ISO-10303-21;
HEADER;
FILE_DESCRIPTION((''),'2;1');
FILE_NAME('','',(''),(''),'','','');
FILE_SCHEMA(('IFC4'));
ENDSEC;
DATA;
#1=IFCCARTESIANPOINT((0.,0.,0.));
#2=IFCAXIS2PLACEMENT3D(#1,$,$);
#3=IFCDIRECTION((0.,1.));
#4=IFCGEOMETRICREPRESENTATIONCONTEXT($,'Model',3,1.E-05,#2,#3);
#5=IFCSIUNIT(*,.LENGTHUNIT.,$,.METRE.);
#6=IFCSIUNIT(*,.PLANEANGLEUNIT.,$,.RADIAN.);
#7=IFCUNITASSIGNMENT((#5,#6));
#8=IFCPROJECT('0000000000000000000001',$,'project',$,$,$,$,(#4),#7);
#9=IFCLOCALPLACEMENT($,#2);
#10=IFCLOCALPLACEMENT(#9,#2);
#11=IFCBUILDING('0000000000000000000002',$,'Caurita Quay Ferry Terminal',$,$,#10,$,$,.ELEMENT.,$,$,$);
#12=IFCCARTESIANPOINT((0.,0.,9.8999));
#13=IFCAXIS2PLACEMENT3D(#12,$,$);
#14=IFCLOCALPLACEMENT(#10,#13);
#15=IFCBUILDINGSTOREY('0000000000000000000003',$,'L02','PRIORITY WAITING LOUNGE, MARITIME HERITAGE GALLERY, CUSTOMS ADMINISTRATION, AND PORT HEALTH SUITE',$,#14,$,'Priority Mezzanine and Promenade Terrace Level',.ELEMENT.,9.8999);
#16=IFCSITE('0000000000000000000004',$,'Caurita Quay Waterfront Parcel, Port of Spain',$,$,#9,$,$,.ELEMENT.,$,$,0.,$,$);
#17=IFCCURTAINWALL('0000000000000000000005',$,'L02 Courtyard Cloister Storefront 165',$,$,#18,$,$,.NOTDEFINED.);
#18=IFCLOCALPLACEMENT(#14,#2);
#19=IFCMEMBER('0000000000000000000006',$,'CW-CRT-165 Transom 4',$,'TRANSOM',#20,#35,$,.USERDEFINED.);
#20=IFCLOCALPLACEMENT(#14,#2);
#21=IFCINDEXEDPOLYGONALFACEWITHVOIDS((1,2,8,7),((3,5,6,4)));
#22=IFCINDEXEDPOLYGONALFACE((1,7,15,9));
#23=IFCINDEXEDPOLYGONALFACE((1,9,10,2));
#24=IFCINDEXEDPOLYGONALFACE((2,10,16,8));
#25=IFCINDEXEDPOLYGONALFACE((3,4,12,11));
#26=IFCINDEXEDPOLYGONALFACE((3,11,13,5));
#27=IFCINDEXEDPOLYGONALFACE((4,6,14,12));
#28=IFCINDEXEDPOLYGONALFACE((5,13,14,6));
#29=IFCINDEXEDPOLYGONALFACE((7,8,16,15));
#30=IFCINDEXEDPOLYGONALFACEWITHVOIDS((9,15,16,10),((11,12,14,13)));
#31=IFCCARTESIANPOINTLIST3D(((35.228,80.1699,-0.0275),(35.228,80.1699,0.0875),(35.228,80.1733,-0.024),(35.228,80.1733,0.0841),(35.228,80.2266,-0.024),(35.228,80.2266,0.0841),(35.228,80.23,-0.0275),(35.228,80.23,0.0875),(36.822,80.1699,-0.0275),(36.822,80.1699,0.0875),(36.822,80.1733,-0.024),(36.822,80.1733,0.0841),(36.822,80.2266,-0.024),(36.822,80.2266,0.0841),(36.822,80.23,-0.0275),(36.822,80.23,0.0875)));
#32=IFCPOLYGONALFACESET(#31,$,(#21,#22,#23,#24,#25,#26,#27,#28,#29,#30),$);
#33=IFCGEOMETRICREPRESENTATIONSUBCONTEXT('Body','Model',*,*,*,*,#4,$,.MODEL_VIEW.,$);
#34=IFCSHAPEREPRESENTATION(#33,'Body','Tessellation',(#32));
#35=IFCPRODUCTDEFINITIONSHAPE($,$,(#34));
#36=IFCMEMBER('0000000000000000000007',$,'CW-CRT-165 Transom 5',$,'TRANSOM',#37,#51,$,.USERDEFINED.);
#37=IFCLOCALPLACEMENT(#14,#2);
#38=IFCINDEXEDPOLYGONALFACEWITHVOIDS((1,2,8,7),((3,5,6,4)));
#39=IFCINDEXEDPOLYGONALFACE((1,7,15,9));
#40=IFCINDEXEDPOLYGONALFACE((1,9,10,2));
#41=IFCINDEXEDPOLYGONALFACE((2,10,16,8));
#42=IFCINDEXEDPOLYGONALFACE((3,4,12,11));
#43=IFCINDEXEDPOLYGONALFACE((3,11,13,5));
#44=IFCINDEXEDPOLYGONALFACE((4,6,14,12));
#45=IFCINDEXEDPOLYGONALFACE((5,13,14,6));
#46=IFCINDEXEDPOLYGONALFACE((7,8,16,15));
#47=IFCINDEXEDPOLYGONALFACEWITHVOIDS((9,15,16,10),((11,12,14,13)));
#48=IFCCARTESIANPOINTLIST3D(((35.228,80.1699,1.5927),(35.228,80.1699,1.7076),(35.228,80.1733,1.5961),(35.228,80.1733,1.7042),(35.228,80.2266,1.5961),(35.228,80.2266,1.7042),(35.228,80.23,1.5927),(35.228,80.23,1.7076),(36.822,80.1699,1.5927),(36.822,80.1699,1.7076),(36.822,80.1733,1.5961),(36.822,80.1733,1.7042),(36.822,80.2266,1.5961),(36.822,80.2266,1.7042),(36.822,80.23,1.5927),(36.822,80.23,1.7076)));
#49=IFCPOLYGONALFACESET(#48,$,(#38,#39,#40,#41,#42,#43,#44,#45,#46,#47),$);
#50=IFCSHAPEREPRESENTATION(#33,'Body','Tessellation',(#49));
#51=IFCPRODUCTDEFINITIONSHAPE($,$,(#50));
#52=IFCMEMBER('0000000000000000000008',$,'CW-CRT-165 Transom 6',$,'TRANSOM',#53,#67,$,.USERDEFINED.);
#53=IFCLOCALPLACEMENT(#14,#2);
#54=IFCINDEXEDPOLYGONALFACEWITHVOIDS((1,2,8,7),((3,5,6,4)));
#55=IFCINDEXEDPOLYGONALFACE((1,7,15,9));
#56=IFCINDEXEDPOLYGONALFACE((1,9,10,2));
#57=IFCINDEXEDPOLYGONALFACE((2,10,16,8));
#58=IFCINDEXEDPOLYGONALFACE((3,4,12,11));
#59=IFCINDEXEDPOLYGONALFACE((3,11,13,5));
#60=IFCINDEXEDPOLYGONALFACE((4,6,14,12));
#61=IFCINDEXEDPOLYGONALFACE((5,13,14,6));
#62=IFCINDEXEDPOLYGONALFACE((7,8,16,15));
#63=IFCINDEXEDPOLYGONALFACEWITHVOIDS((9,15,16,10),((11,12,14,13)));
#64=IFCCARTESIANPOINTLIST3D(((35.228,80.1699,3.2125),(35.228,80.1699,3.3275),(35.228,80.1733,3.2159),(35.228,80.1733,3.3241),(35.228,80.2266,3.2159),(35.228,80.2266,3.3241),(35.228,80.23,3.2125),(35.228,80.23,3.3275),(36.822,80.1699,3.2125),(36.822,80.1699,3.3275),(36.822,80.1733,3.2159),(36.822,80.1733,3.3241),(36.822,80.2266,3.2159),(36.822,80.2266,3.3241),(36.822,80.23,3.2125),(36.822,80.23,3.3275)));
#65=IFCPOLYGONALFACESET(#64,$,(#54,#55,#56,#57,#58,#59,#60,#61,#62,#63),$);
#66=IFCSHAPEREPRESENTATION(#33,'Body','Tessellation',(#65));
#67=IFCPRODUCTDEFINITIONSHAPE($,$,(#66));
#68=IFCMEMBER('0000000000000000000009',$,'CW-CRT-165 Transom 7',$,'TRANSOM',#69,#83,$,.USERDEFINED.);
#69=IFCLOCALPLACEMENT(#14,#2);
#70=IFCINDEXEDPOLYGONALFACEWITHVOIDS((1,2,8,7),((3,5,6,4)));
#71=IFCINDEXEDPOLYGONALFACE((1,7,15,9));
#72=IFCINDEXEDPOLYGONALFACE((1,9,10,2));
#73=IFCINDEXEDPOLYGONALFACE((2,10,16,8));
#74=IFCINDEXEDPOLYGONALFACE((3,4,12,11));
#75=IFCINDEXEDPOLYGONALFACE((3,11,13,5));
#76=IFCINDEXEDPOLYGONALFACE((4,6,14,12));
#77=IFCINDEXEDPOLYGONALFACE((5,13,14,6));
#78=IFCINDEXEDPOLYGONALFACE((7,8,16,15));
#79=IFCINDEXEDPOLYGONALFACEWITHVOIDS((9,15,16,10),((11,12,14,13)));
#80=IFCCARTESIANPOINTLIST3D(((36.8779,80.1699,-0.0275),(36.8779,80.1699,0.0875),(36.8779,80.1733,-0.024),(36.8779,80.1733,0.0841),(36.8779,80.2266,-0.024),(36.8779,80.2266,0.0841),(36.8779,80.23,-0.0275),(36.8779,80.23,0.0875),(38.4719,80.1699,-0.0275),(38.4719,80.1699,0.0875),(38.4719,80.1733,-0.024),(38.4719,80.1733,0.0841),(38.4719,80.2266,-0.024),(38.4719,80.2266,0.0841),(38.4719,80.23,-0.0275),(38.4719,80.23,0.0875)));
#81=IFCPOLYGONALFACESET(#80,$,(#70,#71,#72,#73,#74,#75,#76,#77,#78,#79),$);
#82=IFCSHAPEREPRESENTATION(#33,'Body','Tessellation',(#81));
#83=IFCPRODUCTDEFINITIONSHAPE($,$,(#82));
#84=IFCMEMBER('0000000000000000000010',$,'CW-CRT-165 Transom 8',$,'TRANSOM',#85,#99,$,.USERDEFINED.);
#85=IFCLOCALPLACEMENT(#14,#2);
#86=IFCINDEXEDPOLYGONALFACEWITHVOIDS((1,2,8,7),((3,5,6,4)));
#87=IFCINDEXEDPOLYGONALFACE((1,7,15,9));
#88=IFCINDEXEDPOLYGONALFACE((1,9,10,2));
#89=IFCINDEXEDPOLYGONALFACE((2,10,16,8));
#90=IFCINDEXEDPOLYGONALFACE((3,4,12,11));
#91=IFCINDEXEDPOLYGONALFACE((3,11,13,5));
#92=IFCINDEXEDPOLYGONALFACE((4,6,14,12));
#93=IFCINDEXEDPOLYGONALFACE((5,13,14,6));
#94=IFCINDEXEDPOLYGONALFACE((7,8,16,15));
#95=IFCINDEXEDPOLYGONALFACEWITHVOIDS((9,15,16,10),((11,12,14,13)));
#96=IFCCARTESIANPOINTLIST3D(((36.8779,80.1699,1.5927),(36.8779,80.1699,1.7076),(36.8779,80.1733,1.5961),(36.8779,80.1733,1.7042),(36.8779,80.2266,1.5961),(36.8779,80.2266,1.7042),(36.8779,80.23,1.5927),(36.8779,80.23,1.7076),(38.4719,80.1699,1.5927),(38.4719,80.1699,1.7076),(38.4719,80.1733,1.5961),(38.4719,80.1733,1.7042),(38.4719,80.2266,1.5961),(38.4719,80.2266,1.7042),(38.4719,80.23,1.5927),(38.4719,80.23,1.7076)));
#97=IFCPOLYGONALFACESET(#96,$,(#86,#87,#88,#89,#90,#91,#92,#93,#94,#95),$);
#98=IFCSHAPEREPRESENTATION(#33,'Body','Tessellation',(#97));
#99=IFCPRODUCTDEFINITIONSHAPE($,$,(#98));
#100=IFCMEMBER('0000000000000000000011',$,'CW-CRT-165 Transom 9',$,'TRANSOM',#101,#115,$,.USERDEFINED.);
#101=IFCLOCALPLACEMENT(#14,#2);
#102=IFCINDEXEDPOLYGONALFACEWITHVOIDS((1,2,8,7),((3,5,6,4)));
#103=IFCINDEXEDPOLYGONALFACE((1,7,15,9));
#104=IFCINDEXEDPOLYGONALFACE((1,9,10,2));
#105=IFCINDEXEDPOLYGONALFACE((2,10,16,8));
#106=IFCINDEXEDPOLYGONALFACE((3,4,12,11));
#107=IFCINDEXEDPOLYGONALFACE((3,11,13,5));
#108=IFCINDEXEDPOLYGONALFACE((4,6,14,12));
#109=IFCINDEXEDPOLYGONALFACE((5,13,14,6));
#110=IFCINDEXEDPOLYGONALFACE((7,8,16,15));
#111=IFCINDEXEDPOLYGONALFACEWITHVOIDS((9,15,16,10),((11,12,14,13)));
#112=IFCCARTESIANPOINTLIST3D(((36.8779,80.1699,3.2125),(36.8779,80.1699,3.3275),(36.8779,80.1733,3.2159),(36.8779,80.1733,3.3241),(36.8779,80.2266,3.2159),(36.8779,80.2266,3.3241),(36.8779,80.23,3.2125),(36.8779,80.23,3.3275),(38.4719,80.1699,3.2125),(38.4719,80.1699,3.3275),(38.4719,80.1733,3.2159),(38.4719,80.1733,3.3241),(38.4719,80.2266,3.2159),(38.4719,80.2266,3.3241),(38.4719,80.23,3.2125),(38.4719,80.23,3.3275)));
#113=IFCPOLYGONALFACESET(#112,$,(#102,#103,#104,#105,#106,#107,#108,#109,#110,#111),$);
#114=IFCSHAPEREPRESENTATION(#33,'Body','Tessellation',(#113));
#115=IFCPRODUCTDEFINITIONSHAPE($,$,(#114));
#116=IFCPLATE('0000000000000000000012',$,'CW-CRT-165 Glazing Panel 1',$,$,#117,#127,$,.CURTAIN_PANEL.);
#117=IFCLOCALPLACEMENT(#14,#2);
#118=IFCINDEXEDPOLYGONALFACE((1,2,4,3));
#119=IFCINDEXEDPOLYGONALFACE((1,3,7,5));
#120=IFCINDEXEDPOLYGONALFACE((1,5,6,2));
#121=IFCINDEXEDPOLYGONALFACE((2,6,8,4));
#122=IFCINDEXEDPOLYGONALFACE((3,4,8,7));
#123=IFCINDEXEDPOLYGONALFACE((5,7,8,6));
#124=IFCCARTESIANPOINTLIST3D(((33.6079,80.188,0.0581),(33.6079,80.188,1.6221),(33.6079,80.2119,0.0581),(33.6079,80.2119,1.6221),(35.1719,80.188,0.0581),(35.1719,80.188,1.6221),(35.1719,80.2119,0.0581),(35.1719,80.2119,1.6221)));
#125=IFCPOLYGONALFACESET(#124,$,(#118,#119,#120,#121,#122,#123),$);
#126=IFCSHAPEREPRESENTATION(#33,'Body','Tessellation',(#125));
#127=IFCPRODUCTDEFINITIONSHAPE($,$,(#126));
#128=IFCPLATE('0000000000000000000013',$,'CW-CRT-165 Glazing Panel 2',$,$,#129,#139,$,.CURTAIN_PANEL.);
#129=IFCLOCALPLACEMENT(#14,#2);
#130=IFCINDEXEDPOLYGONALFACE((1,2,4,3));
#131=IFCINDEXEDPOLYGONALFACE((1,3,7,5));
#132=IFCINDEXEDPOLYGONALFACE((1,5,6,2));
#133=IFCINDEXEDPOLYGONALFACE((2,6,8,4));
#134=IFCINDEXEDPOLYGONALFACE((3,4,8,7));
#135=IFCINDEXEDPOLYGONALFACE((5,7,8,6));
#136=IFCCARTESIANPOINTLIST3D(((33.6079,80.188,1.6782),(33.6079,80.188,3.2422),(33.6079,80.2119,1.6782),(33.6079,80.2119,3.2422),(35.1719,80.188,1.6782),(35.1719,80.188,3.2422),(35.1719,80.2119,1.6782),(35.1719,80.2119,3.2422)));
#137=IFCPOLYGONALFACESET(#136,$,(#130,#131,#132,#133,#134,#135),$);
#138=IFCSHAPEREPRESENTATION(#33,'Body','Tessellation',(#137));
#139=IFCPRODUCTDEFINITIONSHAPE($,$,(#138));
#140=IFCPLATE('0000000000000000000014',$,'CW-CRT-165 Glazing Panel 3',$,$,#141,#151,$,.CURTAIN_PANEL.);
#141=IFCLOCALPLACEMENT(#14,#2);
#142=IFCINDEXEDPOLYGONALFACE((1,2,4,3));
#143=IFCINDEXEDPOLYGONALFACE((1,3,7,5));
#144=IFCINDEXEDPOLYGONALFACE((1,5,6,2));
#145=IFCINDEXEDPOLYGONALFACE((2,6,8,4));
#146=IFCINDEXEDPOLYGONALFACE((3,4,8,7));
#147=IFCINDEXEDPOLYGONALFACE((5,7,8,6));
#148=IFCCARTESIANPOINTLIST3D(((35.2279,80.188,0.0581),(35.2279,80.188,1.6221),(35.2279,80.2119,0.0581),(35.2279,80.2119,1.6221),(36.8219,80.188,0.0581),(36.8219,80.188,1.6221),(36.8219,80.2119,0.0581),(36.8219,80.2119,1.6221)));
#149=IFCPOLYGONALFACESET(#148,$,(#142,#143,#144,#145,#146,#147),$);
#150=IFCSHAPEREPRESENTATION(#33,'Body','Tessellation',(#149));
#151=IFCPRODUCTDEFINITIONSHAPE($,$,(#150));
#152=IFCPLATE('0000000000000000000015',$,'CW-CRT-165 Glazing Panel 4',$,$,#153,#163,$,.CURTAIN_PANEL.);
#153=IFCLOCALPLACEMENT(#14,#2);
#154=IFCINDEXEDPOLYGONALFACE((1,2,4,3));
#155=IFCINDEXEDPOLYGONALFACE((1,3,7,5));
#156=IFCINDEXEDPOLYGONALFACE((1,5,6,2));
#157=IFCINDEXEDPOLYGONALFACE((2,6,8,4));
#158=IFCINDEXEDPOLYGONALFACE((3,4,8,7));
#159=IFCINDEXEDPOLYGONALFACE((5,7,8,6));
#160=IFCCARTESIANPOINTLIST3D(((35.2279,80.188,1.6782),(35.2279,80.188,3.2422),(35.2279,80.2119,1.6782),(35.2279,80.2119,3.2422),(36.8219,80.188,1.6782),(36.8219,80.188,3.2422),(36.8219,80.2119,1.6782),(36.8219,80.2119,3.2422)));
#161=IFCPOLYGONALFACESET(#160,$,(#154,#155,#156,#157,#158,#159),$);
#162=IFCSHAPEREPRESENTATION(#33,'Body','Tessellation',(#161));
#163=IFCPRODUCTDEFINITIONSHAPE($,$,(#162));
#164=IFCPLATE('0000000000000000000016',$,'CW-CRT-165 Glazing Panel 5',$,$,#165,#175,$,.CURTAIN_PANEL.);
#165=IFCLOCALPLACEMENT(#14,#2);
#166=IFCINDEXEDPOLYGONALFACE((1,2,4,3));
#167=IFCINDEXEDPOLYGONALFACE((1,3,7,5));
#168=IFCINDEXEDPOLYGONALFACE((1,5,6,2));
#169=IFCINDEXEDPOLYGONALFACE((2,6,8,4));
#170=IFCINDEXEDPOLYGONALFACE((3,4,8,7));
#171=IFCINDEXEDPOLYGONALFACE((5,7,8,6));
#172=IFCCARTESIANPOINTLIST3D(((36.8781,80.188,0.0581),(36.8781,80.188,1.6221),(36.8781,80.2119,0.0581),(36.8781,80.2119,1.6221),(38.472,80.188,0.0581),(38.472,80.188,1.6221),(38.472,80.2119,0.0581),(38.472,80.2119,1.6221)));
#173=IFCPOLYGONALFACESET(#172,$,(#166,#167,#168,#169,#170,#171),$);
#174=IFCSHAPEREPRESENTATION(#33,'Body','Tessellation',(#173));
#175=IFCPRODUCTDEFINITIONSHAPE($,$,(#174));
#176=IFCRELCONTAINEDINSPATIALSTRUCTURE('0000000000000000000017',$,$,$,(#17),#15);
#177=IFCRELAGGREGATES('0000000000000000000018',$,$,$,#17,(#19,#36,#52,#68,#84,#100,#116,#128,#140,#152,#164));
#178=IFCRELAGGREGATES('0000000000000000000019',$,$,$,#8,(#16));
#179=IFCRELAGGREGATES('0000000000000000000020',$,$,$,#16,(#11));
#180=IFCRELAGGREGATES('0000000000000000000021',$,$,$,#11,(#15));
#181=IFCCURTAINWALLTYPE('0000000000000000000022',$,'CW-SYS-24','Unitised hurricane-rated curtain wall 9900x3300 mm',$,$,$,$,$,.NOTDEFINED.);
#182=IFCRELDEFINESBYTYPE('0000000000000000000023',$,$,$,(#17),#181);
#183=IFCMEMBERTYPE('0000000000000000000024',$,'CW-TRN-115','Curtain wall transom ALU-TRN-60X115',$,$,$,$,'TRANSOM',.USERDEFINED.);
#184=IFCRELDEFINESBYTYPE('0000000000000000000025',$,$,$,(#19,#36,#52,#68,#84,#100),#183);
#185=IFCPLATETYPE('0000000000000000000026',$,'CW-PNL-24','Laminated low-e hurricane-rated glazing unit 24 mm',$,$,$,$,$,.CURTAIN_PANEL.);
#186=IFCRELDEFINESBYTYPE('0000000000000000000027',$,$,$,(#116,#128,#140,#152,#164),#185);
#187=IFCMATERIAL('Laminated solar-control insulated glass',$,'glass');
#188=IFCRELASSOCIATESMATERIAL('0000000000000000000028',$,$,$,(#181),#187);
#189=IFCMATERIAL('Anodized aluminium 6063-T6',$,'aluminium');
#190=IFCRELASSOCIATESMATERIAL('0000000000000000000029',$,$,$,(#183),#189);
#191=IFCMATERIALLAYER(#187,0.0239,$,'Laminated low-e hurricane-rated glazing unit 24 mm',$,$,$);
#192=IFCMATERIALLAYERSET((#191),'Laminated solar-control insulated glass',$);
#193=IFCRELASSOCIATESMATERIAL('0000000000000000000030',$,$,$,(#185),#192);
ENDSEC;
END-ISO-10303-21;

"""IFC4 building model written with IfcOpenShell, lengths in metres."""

from ifc_helpers import new_model, si_unit, direction, frame, origin, origin_2d, place, context, subcontext, project, spatial, rectangle, hollow_rectangle, extrude, material, layer, layer_set, material_profile, profile_set, type_object, element, aggregate, save


model = new_model("IFC4")

# Units and contexts
model_context = context("Model", 3, precision=1e-05, world=origin(), true_north=direction((0.0, 1.0)))
body_context = subcontext(model_context, "Body", "Model", "MODEL_VIEW")
ifc_project = project(units=[si_unit("LENGTHUNIT", "METRE"), si_unit("PLANEANGLEUNIT", "RADIAN")], contexts=[model_context])

# Site, building, storey
site_placement = place(None, origin())
site = spatial("IfcSite", under=ifc_project, at=site_placement, Name="Caurita Quay Waterfront Parcel, Port of Spain", CompositionType="ELEMENT", RefElevation=0.0)
building_placement = place(site_placement, origin())
building = spatial("IfcBuilding", under=site, at=building_placement, Name="Caurita Quay Ferry Terminal", CompositionType="ELEMENT")
storey_placement = place(building_placement, frame((0.0, 0.0, 9.8999)))
storey = spatial("IfcBuildingStorey", under=building, at=storey_placement, Name="L02", Description="PRIORITY WAITING LOUNGE, MARITIME HERITAGE GALLERY, CUSTOMS ADMINISTRATION, AND PORT HEALTH SUITE", LongName="Priority Mezzanine and Promenade Terrace Level", CompositionType="ELEMENT", Elevation=9.8999)

# Curtain wall, members, plates
ifc_material_1 = material(Name="Laminated solar-control insulated glass", Category="glass")
curtain_wall_type = type_object("IfcCurtainWallType", Name="CW-SYS-24", Description="Unitised hurricane-rated curtain wall 9900x3300 mm", PredefinedType="NOTDEFINED", material=ifc_material_1)
curtain_wall_placement = place(storey_placement, origin())
curtain_wall = element("IfcCurtainWall", 1, at=curtain_wall_placement, inside=storey, type_object=curtain_wall_type, Name="L02 Courtyard Cloister Storefront 165", PredefinedType="NOTDEFINED")
ifc_material_2 = material(Name="Anodized aluminium 6063-T6", Category="aluminium")
ifc_material_profile_1 = material_profile(ifc_material_2, hollow_rectangle(XDim=0.0601, YDim=0.115, WallThickness=0.0034, at=origin_2d()), Name="ALU-TRN-60X115")
ifc_profile_set_1 = profile_set([ifc_material_profile_1], Name="Anodized aluminium 6063-T6")
member_type_1 = type_object("IfcMemberType", Name="CW-TRN-115", Description="Curtain wall transom ALU-TRN-60X115", ElementType="TRANSOM", PredefinedType="USERDEFINED", material=ifc_profile_set_1)
member_1_placement = place(storey_placement, frame((35.228, 80.2, 0.03), z_axis=(1.0, 0.0, 0.0), x_axis=(0.0, 1.0, 0.0)))
member_1 = element("IfcMember", 2, at=member_1_placement, type_object=member_type_1, Name="CW-CRT-165 Transom 4", ObjectType="TRANSOM", PredefinedType="USERDEFINED", context=body_context, shape_type="SweptSolid", body=[
    extrude(hollow_rectangle(XDim=0.0601, YDim=0.115, WallThickness=0.0034, at=origin_2d()), origin(), (0.0, 0.0, 1.0), 1.594),
])
member_2_placement = place(storey_placement, frame((35.228, 80.2, 1.6501), z_axis=(1.0, 0.0, 0.0), x_axis=(0.0, 1.0, 0.0)))
member_2 = element("IfcMember", 3, at=member_2_placement, type_object=member_type_1, Name="CW-CRT-165 Transom 5", ObjectType="TRANSOM", PredefinedType="USERDEFINED", context=body_context, shape_type="SweptSolid", body=[
    extrude(hollow_rectangle(XDim=0.0601, YDim=0.115, WallThickness=0.0034, at=origin_2d()), origin(), (0.0, 0.0, 1.0), 1.594),
])
member_3_placement = place(storey_placement, frame((35.228, 80.2, 3.27), z_axis=(1.0, 0.0, 0.0), x_axis=(0.0, 1.0, 0.0)))
member_3 = element("IfcMember", 4, at=member_3_placement, type_object=member_type_1, Name="CW-CRT-165 Transom 6", ObjectType="TRANSOM", PredefinedType="USERDEFINED", context=body_context, shape_type="SweptSolid", body=[
    extrude(hollow_rectangle(XDim=0.0601, YDim=0.115, WallThickness=0.0034, at=origin_2d()), origin(), (0.0, 0.0, 1.0), 1.594),
])
member_4_placement = place(storey_placement, frame((36.8779, 80.2, 0.03), z_axis=(1.0, 0.0, 0.0), x_axis=(0.0, 1.0, 0.0)))
member_4 = element("IfcMember", 5, at=member_4_placement, type_object=member_type_1, Name="CW-CRT-165 Transom 7", ObjectType="TRANSOM", PredefinedType="USERDEFINED", context=body_context, shape_type="SweptSolid", body=[
    extrude(hollow_rectangle(XDim=0.0601, YDim=0.115, WallThickness=0.0034, at=origin_2d()), origin(), (0.0, 0.0, 1.0), 1.594),
])
member_5_placement = place(storey_placement, frame((36.8779, 80.2, 1.6501), z_axis=(1.0, 0.0, 0.0), x_axis=(0.0, 1.0, 0.0)))
member_5 = element("IfcMember", 6, at=member_5_placement, type_object=member_type_1, Name="CW-CRT-165 Transom 8", ObjectType="TRANSOM", PredefinedType="USERDEFINED", context=body_context, shape_type="SweptSolid", body=[
    extrude(hollow_rectangle(XDim=0.0601, YDim=0.115, WallThickness=0.0034, at=origin_2d()), origin(), (0.0, 0.0, 1.0), 1.594),
])
member_6_placement = place(storey_placement, frame((36.8779, 80.2, 3.27), z_axis=(1.0, 0.0, 0.0), x_axis=(0.0, 1.0, 0.0)))
member_6 = element("IfcMember", 7, at=member_6_placement, type_object=member_type_1, Name="CW-CRT-165 Transom 9", ObjectType="TRANSOM", PredefinedType="USERDEFINED", context=body_context, shape_type="SweptSolid", body=[
    extrude(hollow_rectangle(XDim=0.0601, YDim=0.115, WallThickness=0.0034, at=origin_2d()), origin(), (0.0, 0.0, 1.0), 1.594),
])
ifc_layer = layer(ifc_material_1, 0.0239, Name="Laminated low-e hurricane-rated glazing unit 24 mm")
ifc_layer_set = layer_set([ifc_layer], Name="Laminated solar-control insulated glass")
plate_type = type_object("IfcPlateType", Name="CW-PNL-24", Description="Laminated low-e hurricane-rated glazing unit 24 mm", PredefinedType="CURTAIN_PANEL", material=ifc_layer_set)
plate_1_placement = place(storey_placement, frame((34.3899, 80.2, 0.0581), z_axis=(0.0, 0.0, 1.0), x_axis=(1.0, 0.0, 0.0)))
plate_1 = element("IfcPlate", 8, at=plate_1_placement, type_object=plate_type, Name="CW-CRT-165 Glazing Panel 1", PredefinedType="CURTAIN_PANEL", context=body_context, shape_type="SweptSolid", body=[
    extrude(rectangle(XDim=1.564, YDim=0.0239, at=origin_2d()), origin(), (0.0, 0.0, 1.0), 1.564),
])
plate_2_placement = place(storey_placement, frame((34.3899, 80.2, 1.6782), z_axis=(0.0, 0.0, 1.0), x_axis=(1.0, 0.0, 0.0)))
plate_2 = element("IfcPlate", 9, at=plate_2_placement, type_object=plate_type, Name="CW-CRT-165 Glazing Panel 2", PredefinedType="CURTAIN_PANEL", context=body_context, shape_type="SweptSolid", body=[
    extrude(rectangle(XDim=1.564, YDim=0.0239, at=origin_2d()), origin(), (0.0, 0.0, 1.0), 1.564),
])
plate_3_placement = place(storey_placement, frame((36.0249, 80.2, 0.0581), z_axis=(0.0, 0.0, 1.0), x_axis=(1.0, 0.0, 0.0)))
plate_3 = element("IfcPlate", 10, at=plate_3_placement, type_object=plate_type, Name="CW-CRT-165 Glazing Panel 3", PredefinedType="CURTAIN_PANEL", context=body_context, shape_type="SweptSolid", body=[
    extrude(rectangle(XDim=1.594, YDim=0.0239, at=origin_2d()), origin(), (0.0, 0.0, 1.0), 1.564),
])
plate_4_placement = place(storey_placement, frame((36.0249, 80.2, 1.6782), z_axis=(0.0, 0.0, 1.0), x_axis=(1.0, 0.0, 0.0)))
plate_4 = element("IfcPlate", 11, at=plate_4_placement, type_object=plate_type, Name="CW-CRT-165 Glazing Panel 4", PredefinedType="CURTAIN_PANEL", context=body_context, shape_type="SweptSolid", body=[
    extrude(rectangle(XDim=1.594, YDim=0.0239, at=origin_2d()), origin(), (0.0, 0.0, 1.0), 1.564),
])
plate_5_placement = place(storey_placement, frame((37.675, 80.2, 0.0581), z_axis=(0.0, 0.0, 1.0), x_axis=(1.0, 0.0, 0.0)))
plate_5 = element("IfcPlate", 12, at=plate_5_placement, type_object=plate_type, Name="CW-CRT-165 Glazing Panel 5", PredefinedType="CURTAIN_PANEL", context=body_context, shape_type="SweptSolid", body=[
    extrude(rectangle(XDim=1.594, YDim=0.0239, at=origin_2d()), origin(), (0.0, 0.0, 1.0), 1.564),
])
aggregate(curtain_wall, [member_1, member_2, member_3, member_4, member_5, member_6, plate_1, plate_2, plate_3, plate_4, plate_5])

save(model, "model.ifc")
